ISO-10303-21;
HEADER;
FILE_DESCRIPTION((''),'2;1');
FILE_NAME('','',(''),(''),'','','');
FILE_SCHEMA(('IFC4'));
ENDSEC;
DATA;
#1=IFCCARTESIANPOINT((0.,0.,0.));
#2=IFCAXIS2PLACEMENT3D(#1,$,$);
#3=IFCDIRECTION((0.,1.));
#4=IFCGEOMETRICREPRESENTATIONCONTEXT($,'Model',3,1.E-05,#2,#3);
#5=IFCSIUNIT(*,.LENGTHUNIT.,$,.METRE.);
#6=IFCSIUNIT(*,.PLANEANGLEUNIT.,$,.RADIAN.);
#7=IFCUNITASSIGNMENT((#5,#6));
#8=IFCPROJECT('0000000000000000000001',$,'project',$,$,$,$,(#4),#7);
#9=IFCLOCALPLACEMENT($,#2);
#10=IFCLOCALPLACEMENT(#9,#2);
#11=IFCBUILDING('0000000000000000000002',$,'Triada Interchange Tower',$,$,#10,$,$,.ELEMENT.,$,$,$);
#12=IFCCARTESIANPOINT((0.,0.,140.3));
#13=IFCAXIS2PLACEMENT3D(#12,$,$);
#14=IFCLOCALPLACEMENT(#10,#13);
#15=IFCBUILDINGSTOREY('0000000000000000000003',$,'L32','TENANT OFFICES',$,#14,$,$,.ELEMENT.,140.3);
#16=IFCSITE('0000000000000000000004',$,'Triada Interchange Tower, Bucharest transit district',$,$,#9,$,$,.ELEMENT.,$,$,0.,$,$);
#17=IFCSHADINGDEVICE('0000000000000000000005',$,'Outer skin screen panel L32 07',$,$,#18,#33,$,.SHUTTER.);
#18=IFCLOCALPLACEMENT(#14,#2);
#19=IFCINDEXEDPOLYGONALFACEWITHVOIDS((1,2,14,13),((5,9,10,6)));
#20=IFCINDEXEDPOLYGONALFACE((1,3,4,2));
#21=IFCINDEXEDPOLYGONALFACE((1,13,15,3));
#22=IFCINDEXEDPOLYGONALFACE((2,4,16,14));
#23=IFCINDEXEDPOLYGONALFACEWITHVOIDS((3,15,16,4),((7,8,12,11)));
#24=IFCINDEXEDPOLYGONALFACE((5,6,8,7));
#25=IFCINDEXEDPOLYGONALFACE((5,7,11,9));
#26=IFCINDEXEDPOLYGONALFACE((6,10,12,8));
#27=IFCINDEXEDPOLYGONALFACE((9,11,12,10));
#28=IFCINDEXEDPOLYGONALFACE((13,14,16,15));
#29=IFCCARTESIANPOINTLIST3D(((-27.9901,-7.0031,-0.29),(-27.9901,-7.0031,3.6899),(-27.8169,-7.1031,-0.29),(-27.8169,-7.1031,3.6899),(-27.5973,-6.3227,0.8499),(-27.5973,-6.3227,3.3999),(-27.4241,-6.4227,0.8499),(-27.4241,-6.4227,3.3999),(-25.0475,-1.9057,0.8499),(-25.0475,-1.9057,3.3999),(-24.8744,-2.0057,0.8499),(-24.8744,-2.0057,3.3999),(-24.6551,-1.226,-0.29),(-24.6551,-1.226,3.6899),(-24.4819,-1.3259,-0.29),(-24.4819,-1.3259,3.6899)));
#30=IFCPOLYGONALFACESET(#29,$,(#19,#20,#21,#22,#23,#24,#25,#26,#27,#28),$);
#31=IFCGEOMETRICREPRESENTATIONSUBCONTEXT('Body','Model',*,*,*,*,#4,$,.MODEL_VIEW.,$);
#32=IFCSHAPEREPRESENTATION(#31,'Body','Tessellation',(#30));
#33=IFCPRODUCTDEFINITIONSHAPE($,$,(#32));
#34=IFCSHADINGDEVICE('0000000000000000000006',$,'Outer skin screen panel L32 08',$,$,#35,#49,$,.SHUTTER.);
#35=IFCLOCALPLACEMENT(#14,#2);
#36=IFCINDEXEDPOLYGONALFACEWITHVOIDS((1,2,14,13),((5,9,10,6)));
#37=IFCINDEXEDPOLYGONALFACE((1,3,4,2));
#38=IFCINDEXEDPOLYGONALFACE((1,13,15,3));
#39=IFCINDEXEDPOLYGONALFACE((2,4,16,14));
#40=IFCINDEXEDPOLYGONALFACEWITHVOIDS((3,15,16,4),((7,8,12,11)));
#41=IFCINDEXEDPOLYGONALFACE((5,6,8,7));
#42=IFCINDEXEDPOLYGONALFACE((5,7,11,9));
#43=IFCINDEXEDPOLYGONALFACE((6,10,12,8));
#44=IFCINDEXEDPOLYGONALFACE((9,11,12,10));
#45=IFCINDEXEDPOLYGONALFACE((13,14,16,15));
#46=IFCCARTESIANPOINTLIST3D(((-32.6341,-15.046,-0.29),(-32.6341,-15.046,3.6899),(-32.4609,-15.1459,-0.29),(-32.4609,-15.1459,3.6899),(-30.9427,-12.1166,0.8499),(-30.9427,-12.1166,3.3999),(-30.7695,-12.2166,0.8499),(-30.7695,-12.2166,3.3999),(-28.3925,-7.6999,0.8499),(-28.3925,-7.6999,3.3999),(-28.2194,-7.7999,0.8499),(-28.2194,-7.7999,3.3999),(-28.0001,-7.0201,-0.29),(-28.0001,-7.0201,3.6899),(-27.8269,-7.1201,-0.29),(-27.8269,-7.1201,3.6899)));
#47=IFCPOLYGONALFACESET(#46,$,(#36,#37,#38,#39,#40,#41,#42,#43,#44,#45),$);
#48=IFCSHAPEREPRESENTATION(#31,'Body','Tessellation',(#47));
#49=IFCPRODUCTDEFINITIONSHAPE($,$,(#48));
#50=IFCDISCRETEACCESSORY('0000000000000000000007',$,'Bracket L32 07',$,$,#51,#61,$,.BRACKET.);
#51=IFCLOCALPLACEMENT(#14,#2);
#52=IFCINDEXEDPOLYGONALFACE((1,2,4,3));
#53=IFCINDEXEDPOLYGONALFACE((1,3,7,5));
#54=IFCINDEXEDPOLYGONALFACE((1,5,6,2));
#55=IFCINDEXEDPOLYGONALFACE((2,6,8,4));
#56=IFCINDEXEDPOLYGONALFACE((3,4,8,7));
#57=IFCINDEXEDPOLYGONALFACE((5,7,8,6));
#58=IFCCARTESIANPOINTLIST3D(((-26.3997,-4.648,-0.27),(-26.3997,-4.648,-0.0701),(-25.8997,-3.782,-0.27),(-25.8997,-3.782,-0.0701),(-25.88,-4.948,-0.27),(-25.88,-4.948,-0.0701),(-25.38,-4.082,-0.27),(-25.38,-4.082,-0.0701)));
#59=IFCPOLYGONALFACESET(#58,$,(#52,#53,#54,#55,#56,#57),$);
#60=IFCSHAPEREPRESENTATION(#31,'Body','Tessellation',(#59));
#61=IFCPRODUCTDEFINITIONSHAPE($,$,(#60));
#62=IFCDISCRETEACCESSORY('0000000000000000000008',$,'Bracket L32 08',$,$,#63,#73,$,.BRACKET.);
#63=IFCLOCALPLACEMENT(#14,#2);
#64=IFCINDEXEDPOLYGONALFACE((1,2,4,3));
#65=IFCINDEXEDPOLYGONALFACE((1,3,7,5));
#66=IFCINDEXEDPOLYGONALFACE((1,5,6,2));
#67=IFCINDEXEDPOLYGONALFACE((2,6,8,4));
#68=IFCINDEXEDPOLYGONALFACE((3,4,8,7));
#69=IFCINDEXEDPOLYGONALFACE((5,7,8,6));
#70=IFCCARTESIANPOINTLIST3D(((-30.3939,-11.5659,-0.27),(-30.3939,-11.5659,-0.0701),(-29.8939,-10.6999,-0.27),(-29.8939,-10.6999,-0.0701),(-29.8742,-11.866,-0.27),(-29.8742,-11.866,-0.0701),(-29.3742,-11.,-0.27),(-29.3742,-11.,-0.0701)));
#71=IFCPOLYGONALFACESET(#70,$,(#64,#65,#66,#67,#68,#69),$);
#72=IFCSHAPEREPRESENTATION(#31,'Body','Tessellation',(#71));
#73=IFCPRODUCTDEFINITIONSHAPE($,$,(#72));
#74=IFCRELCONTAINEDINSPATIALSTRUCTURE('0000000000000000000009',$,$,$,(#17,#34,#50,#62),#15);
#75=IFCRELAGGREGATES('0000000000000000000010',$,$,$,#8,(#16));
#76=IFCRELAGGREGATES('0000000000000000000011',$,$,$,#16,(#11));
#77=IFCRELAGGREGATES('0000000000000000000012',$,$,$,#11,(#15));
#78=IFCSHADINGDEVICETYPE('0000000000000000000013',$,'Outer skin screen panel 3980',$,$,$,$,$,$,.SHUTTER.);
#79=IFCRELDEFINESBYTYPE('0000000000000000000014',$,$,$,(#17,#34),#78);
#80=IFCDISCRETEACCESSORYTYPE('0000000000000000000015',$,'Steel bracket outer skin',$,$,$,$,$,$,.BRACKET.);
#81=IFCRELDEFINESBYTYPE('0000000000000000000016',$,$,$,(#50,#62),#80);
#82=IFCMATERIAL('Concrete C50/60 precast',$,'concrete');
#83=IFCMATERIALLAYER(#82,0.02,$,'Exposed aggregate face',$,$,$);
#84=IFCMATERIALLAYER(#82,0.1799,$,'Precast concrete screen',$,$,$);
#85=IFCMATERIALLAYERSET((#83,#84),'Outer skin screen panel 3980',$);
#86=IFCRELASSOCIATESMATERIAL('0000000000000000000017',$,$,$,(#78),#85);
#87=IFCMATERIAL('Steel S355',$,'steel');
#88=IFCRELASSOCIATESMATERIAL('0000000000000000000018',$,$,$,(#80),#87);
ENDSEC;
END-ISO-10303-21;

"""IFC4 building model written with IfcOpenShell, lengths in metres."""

from ifc_helpers import new_model, si_unit, direction, frame, origin, origin_2d, place, context, subcontext, project, spatial, polyline, rectangle, outline, extrude, material, layer, layer_set, type_object, element, save


model = new_model("IFC4")

# Units and contexts
model_context = context("Model", 3, precision=1e-05, world=origin(), true_north=direction((0.0, 1.0)))
body_context = subcontext(model_context, "Body", "Model", "MODEL_VIEW")
ifc_project = project(units=[si_unit("LENGTHUNIT", "METRE"), si_unit("PLANEANGLEUNIT", "RADIAN")], contexts=[model_context])

# Site, building, storey
site_placement = place(None, origin())
site = spatial("IfcSite", under=ifc_project, at=site_placement, Name="Triada Interchange Tower, Bucharest transit district", CompositionType="ELEMENT", RefElevation=0.0)
building_placement = place(site_placement, origin())
building = spatial("IfcBuilding", under=site, at=building_placement, Name="Triada Interchange Tower", CompositionType="ELEMENT")
storey_placement = place(building_placement, frame((0.0, 0.0, 140.3)))
storey = spatial("IfcBuildingStorey", under=building, at=storey_placement, Name="L32", Description="TENANT OFFICES", CompositionType="ELEMENT", Elevation=140.3)

# Shading devices
ifc_material_1 = material(Name="Concrete C50/60 precast", Category="concrete")
ifc_layer_1 = layer(ifc_material_1, 0.02, Name="Exposed aggregate face")
ifc_layer_2 = layer(ifc_material_1, 0.1799, Name="Precast concrete screen")
ifc_layer_set_1 = layer_set([ifc_layer_1, ifc_layer_2], Name="Outer skin screen panel 3980")
shading_device_type = type_object("IfcShadingDeviceType", Name="Outer skin screen panel 3980", PredefinedType="SHUTTER", material=ifc_layer_set_1)
shading_device_1_placement = place(storey_placement, frame((-24.4819, -1.3259, -0.29), z_axis=(0.0, 0.0, 1.0), x_axis=(-0.49995, -0.866055, 0.0)))
element("IfcShadingDevice", 1, at=shading_device_1_placement, inside=storey, type_object=shading_device_type, Name="Outer skin screen panel L32 07", PredefinedType="SHUTTER", context=body_context, shape_type="SweptSolid", body=[
    extrude(outline(polyline([(0.0, 0.0), (6.6707, 0.0), (6.6707, 3.98), (0.0, 3.98), (0.0, 0.0)]), holes=[polyline([(0.7849, 1.1399), (0.7849, 3.6899), (5.885, 3.6899), (5.885, 1.1399), (0.7849, 1.1399)])]), frame((0.0, 0.0, 0.0), z_axis=(0.0, -1.0, 0.0), x_axis=(1.0, 0.0, 0.0)), (0.0, 0.0, 1.0), 0.2),
])
shading_device_2_placement = place(storey_placement, frame((-27.8269, -7.1201, -0.29), z_axis=(0.0, 0.0, 1.0), x_axis=(-0.500023, -0.866012, 0.0)))
element("IfcShadingDevice", 2, at=shading_device_2_placement, inside=storey, type_object=shading_device_type, Name="Outer skin screen panel L32 08", PredefinedType="SHUTTER", context=body_context, shape_type="SweptSolid", body=[
    extrude(outline(polyline([(0.0, 0.0), (9.2676, 0.0), (9.2676, 3.98), (0.0, 3.98), (0.0, 0.0)]), holes=[polyline([(0.7849, 1.1399), (0.7849, 3.6899), (5.885, 3.6899), (5.885, 1.1399), (0.7849, 1.1399)])]), frame((0.0, 0.0, 0.0), z_axis=(0.0, -1.0, 0.0), x_axis=(1.0, 0.0, 0.0)), (0.0, 0.0, 1.0), 0.2),
])

# Discrete accessories
ifc_material_2 = material(Name="Steel S355", Category="steel")
discrete_accessory_type = type_object("IfcDiscreteAccessoryType", Name="Steel bracket outer skin", PredefinedType="BRACKET", material=ifc_material_2)
for number, where, z_axis, x_axis, name in (
    (3, (-25.8899, -4.365, -0.27), (0.0, 0.0, 1.0), (-0.866021, 0.500007, 0.0), "Bracket L32 07"),
    (4, (-29.884, -11.283, -0.27), (0.0, 0.0, 1.0), (-0.866021, 0.500007, 0.0), "Bracket L32 08"),
):
    element("IfcDiscreteAccessory", number, at=place(storey_placement, frame(where, z_axis=z_axis, x_axis=x_axis)), inside=storey, type_object=discrete_accessory_type, Name=name, PredefinedType="BRACKET", context=body_context, shape_type="SweptSolid", body=[
        extrude(rectangle(XDim=0.6001, YDim=1.0, at=origin_2d()), origin(), (0.0, 0.0, 1.0), 0.2),
    ])

save(model, "model.ifc")
